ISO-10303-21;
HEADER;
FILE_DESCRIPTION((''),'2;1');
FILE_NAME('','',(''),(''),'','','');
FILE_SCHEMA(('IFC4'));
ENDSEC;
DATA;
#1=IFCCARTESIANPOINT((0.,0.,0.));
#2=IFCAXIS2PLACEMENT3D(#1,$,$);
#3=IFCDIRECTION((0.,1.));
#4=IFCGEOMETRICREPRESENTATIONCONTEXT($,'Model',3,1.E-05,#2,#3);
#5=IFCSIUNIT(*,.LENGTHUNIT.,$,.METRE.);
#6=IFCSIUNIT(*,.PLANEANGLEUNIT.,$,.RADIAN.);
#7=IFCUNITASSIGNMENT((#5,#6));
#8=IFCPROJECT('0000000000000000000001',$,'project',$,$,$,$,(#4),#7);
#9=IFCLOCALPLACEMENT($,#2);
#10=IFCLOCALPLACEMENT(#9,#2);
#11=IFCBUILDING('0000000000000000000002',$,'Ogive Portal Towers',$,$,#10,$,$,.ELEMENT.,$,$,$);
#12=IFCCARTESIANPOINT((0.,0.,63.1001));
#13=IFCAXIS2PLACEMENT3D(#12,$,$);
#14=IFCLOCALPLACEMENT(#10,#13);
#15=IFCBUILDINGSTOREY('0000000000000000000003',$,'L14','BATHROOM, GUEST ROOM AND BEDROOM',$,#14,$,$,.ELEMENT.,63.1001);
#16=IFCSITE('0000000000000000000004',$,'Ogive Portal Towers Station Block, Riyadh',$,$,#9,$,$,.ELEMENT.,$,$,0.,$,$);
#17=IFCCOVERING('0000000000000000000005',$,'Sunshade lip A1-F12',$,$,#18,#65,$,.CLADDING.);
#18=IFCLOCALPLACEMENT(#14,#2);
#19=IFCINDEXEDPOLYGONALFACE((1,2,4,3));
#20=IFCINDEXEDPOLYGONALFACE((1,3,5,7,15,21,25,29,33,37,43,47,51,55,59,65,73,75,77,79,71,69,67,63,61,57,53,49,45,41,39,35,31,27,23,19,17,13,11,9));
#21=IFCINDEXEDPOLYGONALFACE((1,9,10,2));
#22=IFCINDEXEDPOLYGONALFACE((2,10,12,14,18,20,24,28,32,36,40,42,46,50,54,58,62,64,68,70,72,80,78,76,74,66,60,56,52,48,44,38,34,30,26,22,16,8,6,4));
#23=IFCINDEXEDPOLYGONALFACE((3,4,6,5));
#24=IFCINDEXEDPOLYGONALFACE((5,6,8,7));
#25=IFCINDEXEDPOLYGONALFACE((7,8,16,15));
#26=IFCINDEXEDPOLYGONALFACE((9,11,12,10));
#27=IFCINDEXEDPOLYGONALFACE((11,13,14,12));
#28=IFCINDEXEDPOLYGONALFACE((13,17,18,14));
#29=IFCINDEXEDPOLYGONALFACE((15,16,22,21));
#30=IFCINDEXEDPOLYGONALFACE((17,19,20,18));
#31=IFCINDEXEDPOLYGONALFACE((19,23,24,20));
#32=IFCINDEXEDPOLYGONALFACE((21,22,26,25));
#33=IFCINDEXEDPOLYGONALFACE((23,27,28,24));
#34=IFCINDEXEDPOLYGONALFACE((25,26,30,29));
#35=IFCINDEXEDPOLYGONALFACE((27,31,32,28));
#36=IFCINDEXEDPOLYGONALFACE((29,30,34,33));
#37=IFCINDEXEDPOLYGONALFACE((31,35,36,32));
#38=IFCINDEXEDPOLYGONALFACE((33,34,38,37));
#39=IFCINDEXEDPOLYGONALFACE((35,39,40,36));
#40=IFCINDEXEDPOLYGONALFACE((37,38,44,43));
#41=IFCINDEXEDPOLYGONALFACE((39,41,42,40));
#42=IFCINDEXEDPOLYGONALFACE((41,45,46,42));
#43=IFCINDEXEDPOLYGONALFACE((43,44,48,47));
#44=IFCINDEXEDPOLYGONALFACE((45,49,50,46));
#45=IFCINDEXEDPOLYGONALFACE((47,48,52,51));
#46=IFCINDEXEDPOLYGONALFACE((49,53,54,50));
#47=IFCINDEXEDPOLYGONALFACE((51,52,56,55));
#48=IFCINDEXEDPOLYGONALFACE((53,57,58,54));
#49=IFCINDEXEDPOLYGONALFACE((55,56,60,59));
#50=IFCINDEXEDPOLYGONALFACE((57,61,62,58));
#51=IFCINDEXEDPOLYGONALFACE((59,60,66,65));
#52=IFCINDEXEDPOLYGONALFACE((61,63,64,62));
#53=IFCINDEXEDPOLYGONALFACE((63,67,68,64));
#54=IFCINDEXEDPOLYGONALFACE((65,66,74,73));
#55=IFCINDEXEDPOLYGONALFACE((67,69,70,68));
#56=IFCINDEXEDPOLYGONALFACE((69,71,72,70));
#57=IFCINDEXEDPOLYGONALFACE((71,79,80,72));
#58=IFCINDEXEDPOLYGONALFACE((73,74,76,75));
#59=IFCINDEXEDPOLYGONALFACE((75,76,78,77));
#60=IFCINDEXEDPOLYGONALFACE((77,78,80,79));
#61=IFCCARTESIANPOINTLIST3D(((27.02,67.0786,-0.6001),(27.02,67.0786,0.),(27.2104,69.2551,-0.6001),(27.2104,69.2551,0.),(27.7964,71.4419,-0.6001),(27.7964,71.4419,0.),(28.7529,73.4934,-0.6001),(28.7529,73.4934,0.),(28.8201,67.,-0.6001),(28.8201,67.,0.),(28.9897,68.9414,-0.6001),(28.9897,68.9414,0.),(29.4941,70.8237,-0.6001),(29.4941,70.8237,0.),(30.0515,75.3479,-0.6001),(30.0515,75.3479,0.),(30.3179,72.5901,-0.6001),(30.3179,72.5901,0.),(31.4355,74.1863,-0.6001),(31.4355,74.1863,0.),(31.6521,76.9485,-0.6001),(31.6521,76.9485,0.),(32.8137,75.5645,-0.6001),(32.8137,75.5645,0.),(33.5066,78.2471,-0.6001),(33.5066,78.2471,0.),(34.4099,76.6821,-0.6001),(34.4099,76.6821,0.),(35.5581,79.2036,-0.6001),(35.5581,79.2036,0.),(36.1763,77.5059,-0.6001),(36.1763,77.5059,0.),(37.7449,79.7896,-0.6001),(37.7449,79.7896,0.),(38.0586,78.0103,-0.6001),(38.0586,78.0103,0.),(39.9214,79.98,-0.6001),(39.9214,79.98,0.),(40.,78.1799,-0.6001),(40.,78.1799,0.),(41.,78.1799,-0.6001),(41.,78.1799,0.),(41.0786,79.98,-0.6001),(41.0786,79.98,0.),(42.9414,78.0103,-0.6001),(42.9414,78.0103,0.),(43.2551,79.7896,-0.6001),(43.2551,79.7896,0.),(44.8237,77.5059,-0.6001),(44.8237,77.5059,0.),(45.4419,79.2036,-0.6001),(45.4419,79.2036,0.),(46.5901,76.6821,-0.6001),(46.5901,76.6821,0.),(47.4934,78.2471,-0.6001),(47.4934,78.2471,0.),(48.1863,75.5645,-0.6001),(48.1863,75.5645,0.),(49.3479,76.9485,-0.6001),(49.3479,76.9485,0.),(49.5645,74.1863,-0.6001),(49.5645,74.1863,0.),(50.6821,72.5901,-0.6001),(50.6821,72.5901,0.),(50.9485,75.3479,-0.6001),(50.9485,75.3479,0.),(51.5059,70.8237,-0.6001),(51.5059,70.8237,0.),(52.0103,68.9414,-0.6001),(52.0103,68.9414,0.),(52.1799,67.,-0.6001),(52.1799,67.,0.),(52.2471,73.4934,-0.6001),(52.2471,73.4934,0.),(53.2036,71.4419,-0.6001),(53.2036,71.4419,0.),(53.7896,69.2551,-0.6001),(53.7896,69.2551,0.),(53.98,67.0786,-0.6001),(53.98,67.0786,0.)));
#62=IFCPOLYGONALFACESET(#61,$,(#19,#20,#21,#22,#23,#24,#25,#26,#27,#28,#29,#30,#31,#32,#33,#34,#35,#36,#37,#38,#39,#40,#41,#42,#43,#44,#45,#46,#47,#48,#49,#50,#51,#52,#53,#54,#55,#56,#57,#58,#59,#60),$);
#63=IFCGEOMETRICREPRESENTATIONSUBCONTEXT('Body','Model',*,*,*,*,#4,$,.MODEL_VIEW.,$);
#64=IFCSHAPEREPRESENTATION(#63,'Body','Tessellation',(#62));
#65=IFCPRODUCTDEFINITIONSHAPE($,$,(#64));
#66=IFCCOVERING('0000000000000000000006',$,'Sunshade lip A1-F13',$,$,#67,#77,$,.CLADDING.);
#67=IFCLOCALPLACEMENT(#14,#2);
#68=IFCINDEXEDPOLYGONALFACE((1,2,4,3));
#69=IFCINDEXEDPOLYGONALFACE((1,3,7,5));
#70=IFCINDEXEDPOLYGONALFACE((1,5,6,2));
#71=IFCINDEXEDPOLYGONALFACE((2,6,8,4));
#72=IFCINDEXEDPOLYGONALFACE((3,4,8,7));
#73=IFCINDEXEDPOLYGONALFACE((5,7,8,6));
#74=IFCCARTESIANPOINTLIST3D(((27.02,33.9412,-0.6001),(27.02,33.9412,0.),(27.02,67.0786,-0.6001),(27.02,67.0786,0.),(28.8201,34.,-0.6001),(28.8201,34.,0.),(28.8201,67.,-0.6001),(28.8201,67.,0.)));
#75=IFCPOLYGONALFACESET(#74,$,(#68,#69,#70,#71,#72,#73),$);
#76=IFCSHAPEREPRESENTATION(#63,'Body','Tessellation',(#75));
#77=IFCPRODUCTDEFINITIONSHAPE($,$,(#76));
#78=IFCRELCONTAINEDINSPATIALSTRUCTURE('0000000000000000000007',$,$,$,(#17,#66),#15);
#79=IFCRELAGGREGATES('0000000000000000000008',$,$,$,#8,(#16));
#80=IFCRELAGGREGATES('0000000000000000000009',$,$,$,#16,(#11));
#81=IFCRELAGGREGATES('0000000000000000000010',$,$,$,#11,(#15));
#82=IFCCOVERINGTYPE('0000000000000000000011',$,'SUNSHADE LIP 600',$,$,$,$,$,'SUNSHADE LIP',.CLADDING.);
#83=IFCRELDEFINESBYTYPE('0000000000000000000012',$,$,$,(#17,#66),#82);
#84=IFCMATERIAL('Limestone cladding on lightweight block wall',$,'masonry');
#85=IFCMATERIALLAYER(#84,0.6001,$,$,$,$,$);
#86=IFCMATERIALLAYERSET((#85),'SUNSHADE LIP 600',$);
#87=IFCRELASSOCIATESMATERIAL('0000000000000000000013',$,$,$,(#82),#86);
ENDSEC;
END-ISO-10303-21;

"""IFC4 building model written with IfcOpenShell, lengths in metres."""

from ifc_helpers import new_model, si_unit, direction, frame, origin, place, context, subcontext, project, spatial, polyline, outline, extrude, material, layer, layer_set, type_object, element, save


model = new_model("IFC4")

# Units and contexts
model_context = context("Model", 3, precision=1e-05, world=origin(), true_north=direction((0.0, 1.0)))
body_context = subcontext(model_context, "Body", "Model", "MODEL_VIEW")
ifc_project = project(units=[si_unit("LENGTHUNIT", "METRE"), si_unit("PLANEANGLEUNIT", "RADIAN")], contexts=[model_context])

# Site, building, storey
site_placement = place(None, origin())
site = spatial("IfcSite", under=ifc_project, at=site_placement, Name="Ogive Portal Towers Station Block, Riyadh", CompositionType="ELEMENT", RefElevation=0.0)
building_placement = place(site_placement, origin())
building = spatial("IfcBuilding", under=site, at=building_placement, Name="Ogive Portal Towers", CompositionType="ELEMENT")
storey_placement = place(building_placement, frame((0.0, 0.0, 63.1001)))
storey = spatial("IfcBuildingStorey", under=building, at=storey_placement, Name="L14", Description="BATHROOM, GUEST ROOM AND BEDROOM", CompositionType="ELEMENT", Elevation=63.1001)

# Coverings
ifc_material_1 = material(Name="Limestone cladding on lightweight block wall", Category="masonry")
ifc_layer_1 = layer(ifc_material_1, 0.6001)
ifc_layer_set_1 = layer_set([ifc_layer_1], Name="SUNSHADE LIP 600")
covering_type_1 = type_object("IfcCoveringType", Name="SUNSHADE LIP 600", ElementType="SUNSHADE LIP", PredefinedType="CLADDING", material=ifc_layer_set_1)
covering_1_placement = place(storey_placement, frame((0.0, 0.0, -0.6001)))
element("IfcCovering", 1, at=covering_1_placement, inside=storey, type_object=covering_type_1, Name="Sunshade lip A1-F12", PredefinedType="CLADDING", context=body_context, shape_type="SweptSolid", body=[
    extrude(outline(polyline([(52.1799, 67.0), (52.0103, 68.9414), (51.5059, 70.8237), (50.6821, 72.5901), (49.5645, 74.1863), (48.1863, 75.5645), (46.5901, 76.6821), (44.8237, 77.5059), (42.9414, 78.0103), (41.0, 78.1799), (40.0, 78.1799), (38.0586, 78.0103), (36.1763, 77.5059), (34.4099, 76.6821), (32.8137, 75.5645), (31.4355, 74.1863), (30.3179, 72.5901), (29.4941, 70.8237), (28.9897, 68.9414), (28.8201, 67.0), (27.02, 67.0786), (27.2104, 69.2551), (27.7964, 71.4419), (28.7529, 73.4934), (30.0515, 75.3479), (31.6521, 76.9485), (33.5066, 78.2471), (35.5581, 79.2036), (37.7449, 79.7896), (39.9214, 79.98), (41.0786, 79.98), (43.2551, 79.7896), (45.4419, 79.2036), (47.4934, 78.2471), (49.3479, 76.9485), (50.9485, 75.3479), (52.2471, 73.4934), (53.2036, 71.4419), (53.7896, 69.2551), (53.98, 67.0786), (52.1799, 67.0)])), origin(), (0.0, 0.0, 1.0), 0.6001),
])
covering_2_placement = place(storey_placement, frame((0.0, 0.0, -0.6001)))
element("IfcCovering", 2, at=covering_2_placement, inside=storey, type_object=covering_type_1, Name="Sunshade lip A1-F13", PredefinedType="CLADDING", context=body_context, shape_type="SweptSolid", body=[
    extrude(outline(polyline([(28.8201, 67.0), (28.8201, 34.0), (27.02, 33.9412), (27.02, 67.0786), (28.8201, 67.0)])), origin(), (0.0, 0.0, 1.0), 0.6001),
])

save(model, "model.ifc")
